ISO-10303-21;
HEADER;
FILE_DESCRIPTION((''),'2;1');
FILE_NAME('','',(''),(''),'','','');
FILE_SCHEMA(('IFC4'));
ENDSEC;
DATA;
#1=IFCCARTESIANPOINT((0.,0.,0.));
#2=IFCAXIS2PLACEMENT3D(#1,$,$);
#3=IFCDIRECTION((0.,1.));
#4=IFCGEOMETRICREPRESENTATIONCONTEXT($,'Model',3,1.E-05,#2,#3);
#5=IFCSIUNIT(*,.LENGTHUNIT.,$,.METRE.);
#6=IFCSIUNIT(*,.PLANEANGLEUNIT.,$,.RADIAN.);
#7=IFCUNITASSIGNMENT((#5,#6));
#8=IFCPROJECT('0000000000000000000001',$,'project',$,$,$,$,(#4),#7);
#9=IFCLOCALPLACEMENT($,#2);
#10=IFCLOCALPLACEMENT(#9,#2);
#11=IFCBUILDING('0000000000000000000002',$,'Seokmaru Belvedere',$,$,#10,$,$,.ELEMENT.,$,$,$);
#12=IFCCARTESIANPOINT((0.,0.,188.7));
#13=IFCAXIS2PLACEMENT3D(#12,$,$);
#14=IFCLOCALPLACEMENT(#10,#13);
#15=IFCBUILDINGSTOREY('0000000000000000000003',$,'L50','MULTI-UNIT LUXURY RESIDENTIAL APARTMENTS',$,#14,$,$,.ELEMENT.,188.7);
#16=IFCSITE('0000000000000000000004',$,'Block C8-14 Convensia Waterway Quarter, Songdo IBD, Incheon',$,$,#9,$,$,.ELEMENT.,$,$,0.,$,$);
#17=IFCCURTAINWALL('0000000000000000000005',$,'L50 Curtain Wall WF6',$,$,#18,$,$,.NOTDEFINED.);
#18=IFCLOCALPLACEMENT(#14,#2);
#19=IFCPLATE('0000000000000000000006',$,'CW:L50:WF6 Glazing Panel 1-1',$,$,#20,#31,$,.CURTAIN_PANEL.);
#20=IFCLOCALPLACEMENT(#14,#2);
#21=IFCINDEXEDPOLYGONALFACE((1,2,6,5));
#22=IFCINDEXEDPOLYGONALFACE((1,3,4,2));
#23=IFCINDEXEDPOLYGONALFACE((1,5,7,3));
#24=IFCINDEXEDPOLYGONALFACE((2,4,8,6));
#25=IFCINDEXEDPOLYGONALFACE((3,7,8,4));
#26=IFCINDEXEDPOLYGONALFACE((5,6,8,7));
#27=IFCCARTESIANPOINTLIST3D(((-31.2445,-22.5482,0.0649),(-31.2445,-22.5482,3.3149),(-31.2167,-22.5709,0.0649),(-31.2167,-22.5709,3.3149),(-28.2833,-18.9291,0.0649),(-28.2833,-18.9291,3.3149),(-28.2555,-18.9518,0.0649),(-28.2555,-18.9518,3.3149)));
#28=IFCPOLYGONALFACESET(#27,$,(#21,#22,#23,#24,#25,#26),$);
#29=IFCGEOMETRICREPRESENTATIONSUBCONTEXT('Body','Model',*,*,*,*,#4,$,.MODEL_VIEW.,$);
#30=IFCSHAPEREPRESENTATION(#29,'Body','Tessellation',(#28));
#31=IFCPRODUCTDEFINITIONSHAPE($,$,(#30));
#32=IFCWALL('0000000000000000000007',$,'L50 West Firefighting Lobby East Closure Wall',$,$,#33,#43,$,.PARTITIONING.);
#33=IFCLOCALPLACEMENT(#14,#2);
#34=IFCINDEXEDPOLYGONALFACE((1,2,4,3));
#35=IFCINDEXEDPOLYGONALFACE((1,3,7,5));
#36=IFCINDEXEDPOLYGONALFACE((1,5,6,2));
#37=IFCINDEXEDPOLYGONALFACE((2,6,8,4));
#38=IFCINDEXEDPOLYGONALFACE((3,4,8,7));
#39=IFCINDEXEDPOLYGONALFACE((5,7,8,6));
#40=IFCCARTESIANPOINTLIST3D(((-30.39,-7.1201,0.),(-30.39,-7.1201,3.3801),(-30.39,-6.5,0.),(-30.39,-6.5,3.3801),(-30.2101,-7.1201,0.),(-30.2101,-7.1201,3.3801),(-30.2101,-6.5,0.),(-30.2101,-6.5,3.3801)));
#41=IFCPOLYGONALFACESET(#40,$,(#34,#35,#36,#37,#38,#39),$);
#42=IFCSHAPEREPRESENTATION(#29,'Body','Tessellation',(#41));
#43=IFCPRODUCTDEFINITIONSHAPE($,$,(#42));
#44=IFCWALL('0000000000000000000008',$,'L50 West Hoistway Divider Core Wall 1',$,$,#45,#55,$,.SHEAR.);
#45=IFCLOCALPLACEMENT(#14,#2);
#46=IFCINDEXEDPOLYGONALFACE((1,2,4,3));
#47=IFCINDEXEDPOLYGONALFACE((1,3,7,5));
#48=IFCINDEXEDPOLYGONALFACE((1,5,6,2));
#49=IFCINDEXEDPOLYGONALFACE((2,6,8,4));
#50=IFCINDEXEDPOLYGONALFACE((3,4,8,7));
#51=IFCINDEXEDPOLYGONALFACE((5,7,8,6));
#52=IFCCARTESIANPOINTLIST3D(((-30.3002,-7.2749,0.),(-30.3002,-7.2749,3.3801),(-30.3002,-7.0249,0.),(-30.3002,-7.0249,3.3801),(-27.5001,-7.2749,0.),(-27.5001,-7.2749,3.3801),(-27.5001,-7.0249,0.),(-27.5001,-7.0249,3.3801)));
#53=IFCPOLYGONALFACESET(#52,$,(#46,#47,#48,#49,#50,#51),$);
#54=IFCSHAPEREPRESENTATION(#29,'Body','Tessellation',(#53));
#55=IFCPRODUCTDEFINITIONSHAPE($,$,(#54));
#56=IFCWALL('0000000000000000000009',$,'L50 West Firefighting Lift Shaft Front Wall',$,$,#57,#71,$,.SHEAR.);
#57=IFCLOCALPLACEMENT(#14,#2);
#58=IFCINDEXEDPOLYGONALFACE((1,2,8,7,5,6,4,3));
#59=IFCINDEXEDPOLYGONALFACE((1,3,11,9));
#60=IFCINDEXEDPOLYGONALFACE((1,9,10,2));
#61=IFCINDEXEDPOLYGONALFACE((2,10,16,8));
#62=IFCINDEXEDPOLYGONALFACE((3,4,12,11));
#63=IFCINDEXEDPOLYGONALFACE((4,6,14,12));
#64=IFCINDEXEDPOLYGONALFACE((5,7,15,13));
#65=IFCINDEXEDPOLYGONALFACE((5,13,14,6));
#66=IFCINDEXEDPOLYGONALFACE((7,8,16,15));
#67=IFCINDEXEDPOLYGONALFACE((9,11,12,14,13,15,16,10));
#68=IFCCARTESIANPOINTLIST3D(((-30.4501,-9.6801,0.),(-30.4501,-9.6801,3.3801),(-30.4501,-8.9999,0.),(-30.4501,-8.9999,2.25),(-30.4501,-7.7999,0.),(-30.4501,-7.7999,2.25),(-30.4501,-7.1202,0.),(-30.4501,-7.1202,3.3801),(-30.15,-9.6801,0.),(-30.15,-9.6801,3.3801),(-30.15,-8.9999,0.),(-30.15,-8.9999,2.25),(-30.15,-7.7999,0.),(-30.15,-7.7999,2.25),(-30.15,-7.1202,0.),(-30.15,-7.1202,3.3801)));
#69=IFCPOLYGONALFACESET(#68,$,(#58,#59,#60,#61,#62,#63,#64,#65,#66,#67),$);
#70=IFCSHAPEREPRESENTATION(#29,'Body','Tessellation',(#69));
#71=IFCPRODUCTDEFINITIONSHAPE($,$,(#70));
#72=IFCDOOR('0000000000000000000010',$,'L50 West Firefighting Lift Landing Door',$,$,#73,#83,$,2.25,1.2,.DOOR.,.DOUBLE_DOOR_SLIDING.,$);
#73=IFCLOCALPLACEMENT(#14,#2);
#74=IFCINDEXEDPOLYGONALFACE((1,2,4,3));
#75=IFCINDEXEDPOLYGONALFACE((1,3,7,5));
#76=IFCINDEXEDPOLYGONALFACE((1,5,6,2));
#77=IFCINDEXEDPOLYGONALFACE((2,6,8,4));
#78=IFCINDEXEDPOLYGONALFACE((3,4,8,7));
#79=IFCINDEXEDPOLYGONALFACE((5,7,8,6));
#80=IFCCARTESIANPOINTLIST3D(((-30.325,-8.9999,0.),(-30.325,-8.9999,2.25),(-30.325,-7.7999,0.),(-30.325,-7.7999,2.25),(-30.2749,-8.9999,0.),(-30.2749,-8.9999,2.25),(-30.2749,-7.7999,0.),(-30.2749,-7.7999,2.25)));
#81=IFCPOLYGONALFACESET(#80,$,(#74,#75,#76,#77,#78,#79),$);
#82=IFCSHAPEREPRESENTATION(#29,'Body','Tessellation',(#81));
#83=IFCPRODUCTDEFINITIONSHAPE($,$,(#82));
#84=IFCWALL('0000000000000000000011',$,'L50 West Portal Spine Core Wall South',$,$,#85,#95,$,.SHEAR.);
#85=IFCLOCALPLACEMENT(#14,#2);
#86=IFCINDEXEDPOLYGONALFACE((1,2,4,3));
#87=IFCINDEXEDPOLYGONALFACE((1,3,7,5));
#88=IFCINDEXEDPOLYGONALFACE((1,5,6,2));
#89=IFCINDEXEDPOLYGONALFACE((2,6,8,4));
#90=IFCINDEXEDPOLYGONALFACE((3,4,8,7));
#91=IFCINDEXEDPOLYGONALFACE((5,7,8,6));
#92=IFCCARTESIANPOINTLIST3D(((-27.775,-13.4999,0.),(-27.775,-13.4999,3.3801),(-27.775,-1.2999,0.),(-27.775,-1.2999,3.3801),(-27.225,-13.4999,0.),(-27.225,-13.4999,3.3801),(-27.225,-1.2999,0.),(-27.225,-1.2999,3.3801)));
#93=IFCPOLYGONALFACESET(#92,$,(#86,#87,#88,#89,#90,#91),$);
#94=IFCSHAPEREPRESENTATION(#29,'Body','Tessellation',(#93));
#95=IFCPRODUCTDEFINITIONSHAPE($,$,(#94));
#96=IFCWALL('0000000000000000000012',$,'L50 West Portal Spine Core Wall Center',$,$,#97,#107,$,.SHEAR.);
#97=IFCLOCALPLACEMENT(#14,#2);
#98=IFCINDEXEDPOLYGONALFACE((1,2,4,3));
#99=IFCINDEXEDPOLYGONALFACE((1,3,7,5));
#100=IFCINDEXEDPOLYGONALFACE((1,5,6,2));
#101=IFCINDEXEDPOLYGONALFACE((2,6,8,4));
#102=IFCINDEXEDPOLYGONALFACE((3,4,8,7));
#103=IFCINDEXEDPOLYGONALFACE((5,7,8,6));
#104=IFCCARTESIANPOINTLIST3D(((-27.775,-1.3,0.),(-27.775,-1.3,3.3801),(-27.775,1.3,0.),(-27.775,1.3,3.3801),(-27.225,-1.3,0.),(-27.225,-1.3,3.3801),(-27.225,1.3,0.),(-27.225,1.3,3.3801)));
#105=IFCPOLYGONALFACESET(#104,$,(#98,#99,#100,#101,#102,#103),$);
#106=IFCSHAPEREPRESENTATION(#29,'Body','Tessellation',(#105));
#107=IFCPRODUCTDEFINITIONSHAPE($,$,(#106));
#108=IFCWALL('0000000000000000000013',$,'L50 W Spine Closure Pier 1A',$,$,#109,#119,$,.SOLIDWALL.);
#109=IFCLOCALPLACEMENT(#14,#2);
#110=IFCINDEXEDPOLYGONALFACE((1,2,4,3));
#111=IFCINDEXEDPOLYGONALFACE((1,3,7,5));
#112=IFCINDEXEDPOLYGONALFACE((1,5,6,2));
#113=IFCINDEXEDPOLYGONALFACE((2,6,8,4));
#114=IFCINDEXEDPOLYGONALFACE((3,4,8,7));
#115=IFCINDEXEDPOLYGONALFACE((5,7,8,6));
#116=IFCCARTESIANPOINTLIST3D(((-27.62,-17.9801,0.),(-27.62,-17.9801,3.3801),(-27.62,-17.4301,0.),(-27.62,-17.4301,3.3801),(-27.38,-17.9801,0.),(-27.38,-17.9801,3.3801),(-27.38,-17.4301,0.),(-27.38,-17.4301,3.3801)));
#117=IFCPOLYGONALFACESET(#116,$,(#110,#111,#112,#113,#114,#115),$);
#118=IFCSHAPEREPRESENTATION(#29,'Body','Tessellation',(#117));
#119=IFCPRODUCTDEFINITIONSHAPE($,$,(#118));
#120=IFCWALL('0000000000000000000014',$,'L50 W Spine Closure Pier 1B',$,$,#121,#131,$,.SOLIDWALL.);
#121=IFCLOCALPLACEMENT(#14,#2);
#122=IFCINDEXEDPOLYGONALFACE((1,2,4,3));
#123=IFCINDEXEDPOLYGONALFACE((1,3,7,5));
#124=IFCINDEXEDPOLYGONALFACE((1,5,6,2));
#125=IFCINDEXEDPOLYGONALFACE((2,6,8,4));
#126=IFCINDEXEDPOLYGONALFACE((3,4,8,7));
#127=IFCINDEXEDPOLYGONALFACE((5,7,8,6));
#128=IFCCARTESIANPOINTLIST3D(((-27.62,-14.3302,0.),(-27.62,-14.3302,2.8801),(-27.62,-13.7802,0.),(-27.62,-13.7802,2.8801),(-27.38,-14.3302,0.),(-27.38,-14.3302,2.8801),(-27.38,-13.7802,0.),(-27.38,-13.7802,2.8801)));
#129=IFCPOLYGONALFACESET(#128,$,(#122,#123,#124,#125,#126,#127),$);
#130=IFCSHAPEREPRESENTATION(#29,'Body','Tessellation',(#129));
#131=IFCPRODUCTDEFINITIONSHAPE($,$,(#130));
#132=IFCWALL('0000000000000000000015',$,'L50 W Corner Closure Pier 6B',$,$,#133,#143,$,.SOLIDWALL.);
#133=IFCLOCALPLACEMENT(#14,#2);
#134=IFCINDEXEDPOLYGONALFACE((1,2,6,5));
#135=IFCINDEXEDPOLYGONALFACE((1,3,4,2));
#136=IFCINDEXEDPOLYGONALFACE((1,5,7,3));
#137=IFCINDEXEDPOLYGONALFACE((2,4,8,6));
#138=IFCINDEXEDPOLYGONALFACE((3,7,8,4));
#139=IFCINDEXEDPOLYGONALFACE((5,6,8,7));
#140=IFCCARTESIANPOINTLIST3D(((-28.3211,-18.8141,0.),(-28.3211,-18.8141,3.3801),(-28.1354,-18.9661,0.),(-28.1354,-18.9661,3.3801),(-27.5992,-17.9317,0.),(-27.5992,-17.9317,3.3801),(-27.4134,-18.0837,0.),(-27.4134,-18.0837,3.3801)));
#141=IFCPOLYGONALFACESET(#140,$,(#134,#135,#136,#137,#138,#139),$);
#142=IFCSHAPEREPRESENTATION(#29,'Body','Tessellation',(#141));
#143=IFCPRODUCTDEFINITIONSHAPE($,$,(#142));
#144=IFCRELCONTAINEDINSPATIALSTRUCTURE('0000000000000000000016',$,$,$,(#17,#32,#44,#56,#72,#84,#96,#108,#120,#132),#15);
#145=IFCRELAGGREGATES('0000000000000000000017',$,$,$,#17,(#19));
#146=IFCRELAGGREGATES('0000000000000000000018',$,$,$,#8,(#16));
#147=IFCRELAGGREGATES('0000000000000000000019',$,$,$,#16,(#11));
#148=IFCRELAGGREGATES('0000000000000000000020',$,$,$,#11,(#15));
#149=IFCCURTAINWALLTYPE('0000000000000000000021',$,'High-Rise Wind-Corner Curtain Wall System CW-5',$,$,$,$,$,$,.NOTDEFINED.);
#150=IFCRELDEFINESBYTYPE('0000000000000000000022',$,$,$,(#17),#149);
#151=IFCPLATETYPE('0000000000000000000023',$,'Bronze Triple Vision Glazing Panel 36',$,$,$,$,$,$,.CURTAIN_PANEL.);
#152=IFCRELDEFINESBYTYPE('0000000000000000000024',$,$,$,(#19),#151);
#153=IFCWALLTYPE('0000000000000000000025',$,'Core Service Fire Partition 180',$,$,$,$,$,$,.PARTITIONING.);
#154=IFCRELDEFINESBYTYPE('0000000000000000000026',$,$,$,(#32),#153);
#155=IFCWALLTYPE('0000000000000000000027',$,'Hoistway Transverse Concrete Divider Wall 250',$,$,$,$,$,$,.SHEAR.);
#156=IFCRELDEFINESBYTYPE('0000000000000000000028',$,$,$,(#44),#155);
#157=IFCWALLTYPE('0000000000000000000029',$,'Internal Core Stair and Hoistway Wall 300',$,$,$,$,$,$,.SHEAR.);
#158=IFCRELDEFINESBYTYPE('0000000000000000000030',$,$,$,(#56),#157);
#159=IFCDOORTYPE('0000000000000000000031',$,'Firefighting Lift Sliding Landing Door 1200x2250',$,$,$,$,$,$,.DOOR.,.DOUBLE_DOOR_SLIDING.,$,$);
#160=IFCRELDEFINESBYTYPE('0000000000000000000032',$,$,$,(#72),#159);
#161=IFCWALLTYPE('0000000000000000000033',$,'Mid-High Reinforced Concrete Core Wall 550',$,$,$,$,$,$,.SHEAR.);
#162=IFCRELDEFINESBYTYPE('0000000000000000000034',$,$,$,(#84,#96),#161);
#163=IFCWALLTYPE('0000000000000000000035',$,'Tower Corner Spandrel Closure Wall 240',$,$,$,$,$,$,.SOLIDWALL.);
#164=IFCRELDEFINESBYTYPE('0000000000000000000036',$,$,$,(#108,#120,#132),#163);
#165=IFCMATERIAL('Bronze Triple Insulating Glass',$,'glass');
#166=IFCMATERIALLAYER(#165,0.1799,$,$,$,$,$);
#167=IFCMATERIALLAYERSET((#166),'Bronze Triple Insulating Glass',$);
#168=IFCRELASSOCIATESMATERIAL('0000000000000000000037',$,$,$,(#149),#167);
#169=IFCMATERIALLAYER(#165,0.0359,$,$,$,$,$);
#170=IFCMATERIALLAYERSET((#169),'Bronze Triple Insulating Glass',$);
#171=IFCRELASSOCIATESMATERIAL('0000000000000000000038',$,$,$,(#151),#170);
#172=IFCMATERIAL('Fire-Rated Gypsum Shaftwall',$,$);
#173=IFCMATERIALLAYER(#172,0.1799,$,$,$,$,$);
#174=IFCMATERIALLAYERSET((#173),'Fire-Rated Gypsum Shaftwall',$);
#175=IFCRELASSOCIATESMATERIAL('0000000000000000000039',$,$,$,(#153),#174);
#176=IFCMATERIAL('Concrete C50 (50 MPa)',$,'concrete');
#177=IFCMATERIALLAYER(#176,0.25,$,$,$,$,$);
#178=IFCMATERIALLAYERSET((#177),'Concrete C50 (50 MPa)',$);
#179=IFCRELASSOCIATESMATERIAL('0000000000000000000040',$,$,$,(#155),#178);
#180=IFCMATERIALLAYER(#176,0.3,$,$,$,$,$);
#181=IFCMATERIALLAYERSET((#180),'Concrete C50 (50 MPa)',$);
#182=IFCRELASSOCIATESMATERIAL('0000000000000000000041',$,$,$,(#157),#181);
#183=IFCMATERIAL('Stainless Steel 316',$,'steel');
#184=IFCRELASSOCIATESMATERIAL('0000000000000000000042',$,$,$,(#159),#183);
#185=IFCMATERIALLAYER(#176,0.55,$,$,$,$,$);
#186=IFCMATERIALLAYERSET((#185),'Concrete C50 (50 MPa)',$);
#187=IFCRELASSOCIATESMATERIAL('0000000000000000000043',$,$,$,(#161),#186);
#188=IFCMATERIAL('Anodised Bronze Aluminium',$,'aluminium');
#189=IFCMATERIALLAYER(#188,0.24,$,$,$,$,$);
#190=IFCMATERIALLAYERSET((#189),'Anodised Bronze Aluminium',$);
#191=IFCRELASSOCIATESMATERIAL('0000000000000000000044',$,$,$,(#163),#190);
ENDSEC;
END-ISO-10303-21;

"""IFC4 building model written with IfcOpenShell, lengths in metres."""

from ifc_helpers import new_model, si_unit, direction, frame, frame_2d, origin, origin_2d, place, context, subcontext, project, spatial, rectangle, extrude, source, transform, mapped, material, layer, layer_set, type_object, type_shapes, element, fill, aggregate, save


model = new_model("IFC4")

# Units and contexts
model_context = context("Model", 3, precision=1e-05, world=origin(), true_north=direction((0.0, 1.0)))
body_context = subcontext(model_context, "Body", "Model", "MODEL_VIEW")
ifc_project = project(units=[si_unit("LENGTHUNIT", "METRE"), si_unit("PLANEANGLEUNIT", "RADIAN")], contexts=[model_context])

# Site, building, storey
site_placement = place(None, origin())
site = spatial("IfcSite", under=ifc_project, at=site_placement, Name="Block C8-14 Convensia Waterway Quarter, Songdo IBD, Incheon", CompositionType="ELEMENT", RefElevation=0.0)
building_placement = place(site_placement, origin())
building = spatial("IfcBuilding", under=site, at=building_placement, Name="Seokmaru Belvedere", CompositionType="ELEMENT")
storey_placement = place(building_placement, frame((0.0, 0.0, 188.7)))
storey = spatial("IfcBuildingStorey", under=building, at=storey_placement, Name="L50", Description="MULTI-UNIT LUXURY RESIDENTIAL APARTMENTS", CompositionType="ELEMENT", Elevation=188.7)

# Shared definitions
ifc_material_1 = material(Name="Bronze Triple Insulating Glass", Category="glass")
ifc_layer_1 = layer(ifc_material_1, 0.1799)
ifc_layer_set_1 = layer_set([ifc_layer_1], Name="Bronze Triple Insulating Glass")
curtain_wall_type = type_object("IfcCurtainWallType", Name="High-Rise Wind-Corner Curtain Wall System CW-5", PredefinedType="NOTDEFINED", material=ifc_layer_set_1)
ifc_material_2 = material(Name="Anodised Bronze Aluminium", Category="aluminium")

# Curtain wall
curtain_wall_1_placement = place(storey_placement, origin())
curtain_wall_1 = element("IfcCurtainWall", 1, at=curtain_wall_1_placement, inside=storey, type_object=curtain_wall_type, Name="L50 Curtain Wall WF6", PredefinedType="NOTDEFINED")

# Plate
ifc_layer_2 = layer(ifc_material_1, 0.0359)
ifc_layer_set_2 = layer_set([ifc_layer_2], Name="Bronze Triple Insulating Glass")
plate_type = type_object("IfcPlateType", Name="Bronze Triple Vision Glazing Panel 36", PredefinedType="CURTAIN_PANEL", material=ifc_layer_set_2)
shared_shape_1 = source(origin(), body_context, "Body", "SweptSolid", [
    extrude(rectangle(XDim=4.6763, YDim=0.0359, at=origin_2d()), origin(), (0.0, 0.0, 1.0), 3.25),
])
plate_1_placement = place(storey_placement, frame((-29.75, -20.75, 0.0649), z_axis=(0.0, 0.0, 1.0), x_axis=(0.633254, 0.773944, 0.0)))
plate_1 = element("IfcPlate", 2, at=plate_1_placement, type_object=plate_type, Name="CW:L50:WF6 Glazing Panel 1-1", PredefinedType="CURTAIN_PANEL", context=body_context, shape_type="MappedRepresentation", body=[
    mapped(shared_shape_1, transform((0.0, 0.0, 0.0), scale=1.0)),
])
aggregate(curtain_wall_1, [plate_1])

# Walls
ifc_material_3 = material(Name="Fire-Rated Gypsum Shaftwall")
ifc_layer_3 = layer(ifc_material_3, 0.1799)
ifc_layer_set_3 = layer_set([ifc_layer_3], Name="Fire-Rated Gypsum Shaftwall")
wall_type_1 = type_object("IfcWallType", Name="Core Service Fire Partition 180", PredefinedType="PARTITIONING", material=ifc_layer_set_3)
wall_1_placement = place(storey_placement, frame((-30.3, -7.1201, 0.0), z_axis=(0.0, 0.0, 1.0), x_axis=(0.0, 1.0, 0.0)))
element("IfcWall", 3, at=wall_1_placement, inside=storey, type_object=wall_type_1, Name="L50 West Firefighting Lobby East Closure Wall", PredefinedType="PARTITIONING", context=body_context, shape_type="SweptSolid", body=[
    extrude(rectangle(XDim=0.6201, YDim=0.1799, at=frame_2d((0.3101, 0.0))), origin(), (0.0, 0.0, 1.0), 3.3801),
])
ifc_material_4 = material(Name="Concrete C50 (50 MPa)", Category="concrete")
ifc_layer_4 = layer(ifc_material_4, 0.25)
ifc_layer_set_4 = layer_set([ifc_layer_4], Name="Concrete C50 (50 MPa)")
wall_type_2 = type_object("IfcWallType", Name="Hoistway Transverse Concrete Divider Wall 250", PredefinedType="SHEAR", material=ifc_layer_set_4)
wall_2_placement = place(storey_placement, frame((-30.3, -7.1499, 0.0), z_axis=(0.0, 0.0, 1.0), x_axis=(1.0, 0.0, 0.0)))
element("IfcWall", 4, at=wall_2_placement, inside=storey, type_object=wall_type_2, Name="L50 West Hoistway Divider Core Wall 1", PredefinedType="SHEAR", context=body_context, shape_type="SweptSolid", body=[
    extrude(rectangle(XDim=2.8, YDim=0.25, at=frame_2d((1.3999, 0.0))), origin(), (0.0, 0.0, 1.0), 3.3801),
])

# Wall, opening, door
ifc_layer_5 = layer(ifc_material_4, 0.3)
ifc_layer_set_5 = layer_set([ifc_layer_5], Name="Concrete C50 (50 MPa)")
wall_type_3 = type_object("IfcWallType", Name="Internal Core Stair and Hoistway Wall 300", PredefinedType="SHEAR", material=ifc_layer_set_5)
wall_3_placement = place(storey_placement, frame((-30.3, -9.6799, 0.0), z_axis=(0.0, 0.0, 1.0), x_axis=(0.0, 1.0, 0.0)))
wall_3 = element("IfcWall", 5, at=wall_3_placement, inside=storey, type_object=wall_type_3, Name="L50 West Firefighting Lift Shaft Front Wall", PredefinedType="SHEAR", context=body_context, shape_type="SweptSolid", body=[
    extrude(rectangle(XDim=2.5598, YDim=0.3, at=frame_2d((1.2798, 0.0))), origin(), (0.0, 0.0, 1.0), 3.3801),
])
opening_placement = place(wall_3_placement, frame((0.6799, 0.0, 0.0)))
opening = element("IfcOpeningElement", 6, at=opening_placement, cuts=wall_3, PredefinedType="OPENING", context=body_context, shape_type="SweptSolid", body=[
    extrude(rectangle(XDim=1.2, YDim=2.25, at=frame_2d((0.6001, 1.125))), frame((0.0, 0.1602, 0.0), z_axis=(0.0, -1.0, 0.0), x_axis=(1.0, 0.0, 0.0)), (0.0, 0.0, 1.0), 0.3201),
])
ifc_material_5 = material(Name="Stainless Steel 316", Category="steel")
door_type = type_object("IfcDoorType", Name="Firefighting Lift Sliding Landing Door 1200x2250", OperationType="DOUBLE_DOOR_SLIDING", PredefinedType="DOOR", material=ifc_material_5)
shared_shape_2 = source(origin(), body_context, "Body", "SweptSolid", [
    extrude(rectangle(XDim=1.2, YDim=2.25, at=frame_2d((0.6001, 1.125))), frame((0.0, 0.0249, 0.0), z_axis=(0.0, -1.0, 0.0), x_axis=(1.0, 0.0, 0.0)), (0.0, 0.0, 1.0), 0.05),
])
type_shapes(door_type, [shared_shape_2])
door_placement = place(opening_placement, origin())
door = element("IfcDoor", 7, at=door_placement, inside=storey, type_object=door_type, Name="L50 West Firefighting Lift Landing Door", OperationType="DOUBLE_DOOR_SLIDING", OverallHeight=2.25, OverallWidth=1.2, PredefinedType="DOOR", context=body_context, shape_type="MappedRepresentation", body=[
    mapped(shared_shape_2, transform((0.0, 0.0, 0.0), scale=1.0)),
])
fill(opening, door)

# Walls
ifc_layer_6 = layer(ifc_material_4, 0.55)
ifc_layer_set_6 = layer_set([ifc_layer_6], Name="Concrete C50 (50 MPa)")
wall_type_4 = type_object("IfcWallType", Name="Mid-High Reinforced Concrete Core Wall 550", PredefinedType="SHEAR", material=ifc_layer_set_6)
wall_4_placement = place(storey_placement, frame((-27.5, -13.5, 0.0), z_axis=(0.0, 0.0, 1.0), x_axis=(0.0, 1.0, 0.0)))
element("IfcWall", 8, at=wall_4_placement, inside=storey, type_object=wall_type_4, Name="L50 West Portal Spine Core Wall South", PredefinedType="SHEAR", context=body_context, shape_type="SweptSolid", body=[
    extrude(rectangle(XDim=12.2, YDim=0.55, at=frame_2d((6.1001, 0.0))), origin(), (0.0, 0.0, 1.0), 3.3801),
])
wall_5_placement = place(storey_placement, frame((-27.5, -1.3, 0.0), z_axis=(0.0, 0.0, 1.0), x_axis=(0.0, 1.0, 0.0)))
element("IfcWall", 9, at=wall_5_placement, inside=storey, type_object=wall_type_4, Name="L50 West Portal Spine Core Wall Center", PredefinedType="SHEAR", context=body_context, shape_type="SweptSolid", body=[
    extrude(rectangle(XDim=2.6001, YDim=0.55, at=frame_2d((1.3, 0.0))), origin(), (0.0, 0.0, 1.0), 3.3801),
])
ifc_layer_7 = layer(ifc_material_2, 0.24)
ifc_layer_set_7 = layer_set([ifc_layer_7], Name="Anodised Bronze Aluminium")
wall_type_5 = type_object("IfcWallType", Name="Tower Corner Spandrel Closure Wall 240", PredefinedType="SOLIDWALL", material=ifc_layer_set_7)
wall_6_placement = place(storey_placement, frame((-27.5, -17.98, 0.0), z_axis=(0.0, 0.0, 1.0), x_axis=(0.0, 1.0, 0.0)))
element("IfcWall", 10, at=wall_6_placement, inside=storey, type_object=wall_type_5, Name="L50 W Spine Closure Pier 1A", PredefinedType="SOLIDWALL", context=body_context, shape_type="SweptSolid", body=[
    extrude(rectangle(XDim=0.55, YDim=0.24, at=frame_2d((0.2749, 0.0))), origin(), (0.0, 0.0, 1.0), 3.3801),
])
wall_7_placement = place(storey_placement, frame((-27.5, -14.3301, 0.0), z_axis=(0.0, 0.0, 1.0), x_axis=(0.0, 1.0, 0.0)))
element("IfcWall", 11, at=wall_7_placement, inside=storey, type_object=wall_type_5, Name="L50 W Spine Closure Pier 1B", PredefinedType="SOLIDWALL", context=body_context, shape_type="SweptSolid", body=[
    extrude(rectangle(XDim=0.55, YDim=0.24, at=frame_2d((0.2749, 0.0))), origin(), (0.0, 0.0, 1.0), 2.8801),
])
wall_8_placement = place(storey_placement, frame((-28.2283, -18.8901, 0.0), z_axis=(0.0, 0.0, 1.0), x_axis=(0.633249, 0.773948, 0.0)))
element("IfcWall", 12, at=wall_8_placement, inside=storey, type_object=wall_type_5, Name="L50 W Corner Closure Pier 6B", PredefinedType="SOLIDWALL", context=body_context, shape_type="SweptSolid", body=[
    extrude(rectangle(XDim=1.1401, YDim=0.24, at=frame_2d((0.5701, 0.0))), origin(), (0.0, 0.0, 1.0), 3.3801),
])

save(model, "model.ifc")
